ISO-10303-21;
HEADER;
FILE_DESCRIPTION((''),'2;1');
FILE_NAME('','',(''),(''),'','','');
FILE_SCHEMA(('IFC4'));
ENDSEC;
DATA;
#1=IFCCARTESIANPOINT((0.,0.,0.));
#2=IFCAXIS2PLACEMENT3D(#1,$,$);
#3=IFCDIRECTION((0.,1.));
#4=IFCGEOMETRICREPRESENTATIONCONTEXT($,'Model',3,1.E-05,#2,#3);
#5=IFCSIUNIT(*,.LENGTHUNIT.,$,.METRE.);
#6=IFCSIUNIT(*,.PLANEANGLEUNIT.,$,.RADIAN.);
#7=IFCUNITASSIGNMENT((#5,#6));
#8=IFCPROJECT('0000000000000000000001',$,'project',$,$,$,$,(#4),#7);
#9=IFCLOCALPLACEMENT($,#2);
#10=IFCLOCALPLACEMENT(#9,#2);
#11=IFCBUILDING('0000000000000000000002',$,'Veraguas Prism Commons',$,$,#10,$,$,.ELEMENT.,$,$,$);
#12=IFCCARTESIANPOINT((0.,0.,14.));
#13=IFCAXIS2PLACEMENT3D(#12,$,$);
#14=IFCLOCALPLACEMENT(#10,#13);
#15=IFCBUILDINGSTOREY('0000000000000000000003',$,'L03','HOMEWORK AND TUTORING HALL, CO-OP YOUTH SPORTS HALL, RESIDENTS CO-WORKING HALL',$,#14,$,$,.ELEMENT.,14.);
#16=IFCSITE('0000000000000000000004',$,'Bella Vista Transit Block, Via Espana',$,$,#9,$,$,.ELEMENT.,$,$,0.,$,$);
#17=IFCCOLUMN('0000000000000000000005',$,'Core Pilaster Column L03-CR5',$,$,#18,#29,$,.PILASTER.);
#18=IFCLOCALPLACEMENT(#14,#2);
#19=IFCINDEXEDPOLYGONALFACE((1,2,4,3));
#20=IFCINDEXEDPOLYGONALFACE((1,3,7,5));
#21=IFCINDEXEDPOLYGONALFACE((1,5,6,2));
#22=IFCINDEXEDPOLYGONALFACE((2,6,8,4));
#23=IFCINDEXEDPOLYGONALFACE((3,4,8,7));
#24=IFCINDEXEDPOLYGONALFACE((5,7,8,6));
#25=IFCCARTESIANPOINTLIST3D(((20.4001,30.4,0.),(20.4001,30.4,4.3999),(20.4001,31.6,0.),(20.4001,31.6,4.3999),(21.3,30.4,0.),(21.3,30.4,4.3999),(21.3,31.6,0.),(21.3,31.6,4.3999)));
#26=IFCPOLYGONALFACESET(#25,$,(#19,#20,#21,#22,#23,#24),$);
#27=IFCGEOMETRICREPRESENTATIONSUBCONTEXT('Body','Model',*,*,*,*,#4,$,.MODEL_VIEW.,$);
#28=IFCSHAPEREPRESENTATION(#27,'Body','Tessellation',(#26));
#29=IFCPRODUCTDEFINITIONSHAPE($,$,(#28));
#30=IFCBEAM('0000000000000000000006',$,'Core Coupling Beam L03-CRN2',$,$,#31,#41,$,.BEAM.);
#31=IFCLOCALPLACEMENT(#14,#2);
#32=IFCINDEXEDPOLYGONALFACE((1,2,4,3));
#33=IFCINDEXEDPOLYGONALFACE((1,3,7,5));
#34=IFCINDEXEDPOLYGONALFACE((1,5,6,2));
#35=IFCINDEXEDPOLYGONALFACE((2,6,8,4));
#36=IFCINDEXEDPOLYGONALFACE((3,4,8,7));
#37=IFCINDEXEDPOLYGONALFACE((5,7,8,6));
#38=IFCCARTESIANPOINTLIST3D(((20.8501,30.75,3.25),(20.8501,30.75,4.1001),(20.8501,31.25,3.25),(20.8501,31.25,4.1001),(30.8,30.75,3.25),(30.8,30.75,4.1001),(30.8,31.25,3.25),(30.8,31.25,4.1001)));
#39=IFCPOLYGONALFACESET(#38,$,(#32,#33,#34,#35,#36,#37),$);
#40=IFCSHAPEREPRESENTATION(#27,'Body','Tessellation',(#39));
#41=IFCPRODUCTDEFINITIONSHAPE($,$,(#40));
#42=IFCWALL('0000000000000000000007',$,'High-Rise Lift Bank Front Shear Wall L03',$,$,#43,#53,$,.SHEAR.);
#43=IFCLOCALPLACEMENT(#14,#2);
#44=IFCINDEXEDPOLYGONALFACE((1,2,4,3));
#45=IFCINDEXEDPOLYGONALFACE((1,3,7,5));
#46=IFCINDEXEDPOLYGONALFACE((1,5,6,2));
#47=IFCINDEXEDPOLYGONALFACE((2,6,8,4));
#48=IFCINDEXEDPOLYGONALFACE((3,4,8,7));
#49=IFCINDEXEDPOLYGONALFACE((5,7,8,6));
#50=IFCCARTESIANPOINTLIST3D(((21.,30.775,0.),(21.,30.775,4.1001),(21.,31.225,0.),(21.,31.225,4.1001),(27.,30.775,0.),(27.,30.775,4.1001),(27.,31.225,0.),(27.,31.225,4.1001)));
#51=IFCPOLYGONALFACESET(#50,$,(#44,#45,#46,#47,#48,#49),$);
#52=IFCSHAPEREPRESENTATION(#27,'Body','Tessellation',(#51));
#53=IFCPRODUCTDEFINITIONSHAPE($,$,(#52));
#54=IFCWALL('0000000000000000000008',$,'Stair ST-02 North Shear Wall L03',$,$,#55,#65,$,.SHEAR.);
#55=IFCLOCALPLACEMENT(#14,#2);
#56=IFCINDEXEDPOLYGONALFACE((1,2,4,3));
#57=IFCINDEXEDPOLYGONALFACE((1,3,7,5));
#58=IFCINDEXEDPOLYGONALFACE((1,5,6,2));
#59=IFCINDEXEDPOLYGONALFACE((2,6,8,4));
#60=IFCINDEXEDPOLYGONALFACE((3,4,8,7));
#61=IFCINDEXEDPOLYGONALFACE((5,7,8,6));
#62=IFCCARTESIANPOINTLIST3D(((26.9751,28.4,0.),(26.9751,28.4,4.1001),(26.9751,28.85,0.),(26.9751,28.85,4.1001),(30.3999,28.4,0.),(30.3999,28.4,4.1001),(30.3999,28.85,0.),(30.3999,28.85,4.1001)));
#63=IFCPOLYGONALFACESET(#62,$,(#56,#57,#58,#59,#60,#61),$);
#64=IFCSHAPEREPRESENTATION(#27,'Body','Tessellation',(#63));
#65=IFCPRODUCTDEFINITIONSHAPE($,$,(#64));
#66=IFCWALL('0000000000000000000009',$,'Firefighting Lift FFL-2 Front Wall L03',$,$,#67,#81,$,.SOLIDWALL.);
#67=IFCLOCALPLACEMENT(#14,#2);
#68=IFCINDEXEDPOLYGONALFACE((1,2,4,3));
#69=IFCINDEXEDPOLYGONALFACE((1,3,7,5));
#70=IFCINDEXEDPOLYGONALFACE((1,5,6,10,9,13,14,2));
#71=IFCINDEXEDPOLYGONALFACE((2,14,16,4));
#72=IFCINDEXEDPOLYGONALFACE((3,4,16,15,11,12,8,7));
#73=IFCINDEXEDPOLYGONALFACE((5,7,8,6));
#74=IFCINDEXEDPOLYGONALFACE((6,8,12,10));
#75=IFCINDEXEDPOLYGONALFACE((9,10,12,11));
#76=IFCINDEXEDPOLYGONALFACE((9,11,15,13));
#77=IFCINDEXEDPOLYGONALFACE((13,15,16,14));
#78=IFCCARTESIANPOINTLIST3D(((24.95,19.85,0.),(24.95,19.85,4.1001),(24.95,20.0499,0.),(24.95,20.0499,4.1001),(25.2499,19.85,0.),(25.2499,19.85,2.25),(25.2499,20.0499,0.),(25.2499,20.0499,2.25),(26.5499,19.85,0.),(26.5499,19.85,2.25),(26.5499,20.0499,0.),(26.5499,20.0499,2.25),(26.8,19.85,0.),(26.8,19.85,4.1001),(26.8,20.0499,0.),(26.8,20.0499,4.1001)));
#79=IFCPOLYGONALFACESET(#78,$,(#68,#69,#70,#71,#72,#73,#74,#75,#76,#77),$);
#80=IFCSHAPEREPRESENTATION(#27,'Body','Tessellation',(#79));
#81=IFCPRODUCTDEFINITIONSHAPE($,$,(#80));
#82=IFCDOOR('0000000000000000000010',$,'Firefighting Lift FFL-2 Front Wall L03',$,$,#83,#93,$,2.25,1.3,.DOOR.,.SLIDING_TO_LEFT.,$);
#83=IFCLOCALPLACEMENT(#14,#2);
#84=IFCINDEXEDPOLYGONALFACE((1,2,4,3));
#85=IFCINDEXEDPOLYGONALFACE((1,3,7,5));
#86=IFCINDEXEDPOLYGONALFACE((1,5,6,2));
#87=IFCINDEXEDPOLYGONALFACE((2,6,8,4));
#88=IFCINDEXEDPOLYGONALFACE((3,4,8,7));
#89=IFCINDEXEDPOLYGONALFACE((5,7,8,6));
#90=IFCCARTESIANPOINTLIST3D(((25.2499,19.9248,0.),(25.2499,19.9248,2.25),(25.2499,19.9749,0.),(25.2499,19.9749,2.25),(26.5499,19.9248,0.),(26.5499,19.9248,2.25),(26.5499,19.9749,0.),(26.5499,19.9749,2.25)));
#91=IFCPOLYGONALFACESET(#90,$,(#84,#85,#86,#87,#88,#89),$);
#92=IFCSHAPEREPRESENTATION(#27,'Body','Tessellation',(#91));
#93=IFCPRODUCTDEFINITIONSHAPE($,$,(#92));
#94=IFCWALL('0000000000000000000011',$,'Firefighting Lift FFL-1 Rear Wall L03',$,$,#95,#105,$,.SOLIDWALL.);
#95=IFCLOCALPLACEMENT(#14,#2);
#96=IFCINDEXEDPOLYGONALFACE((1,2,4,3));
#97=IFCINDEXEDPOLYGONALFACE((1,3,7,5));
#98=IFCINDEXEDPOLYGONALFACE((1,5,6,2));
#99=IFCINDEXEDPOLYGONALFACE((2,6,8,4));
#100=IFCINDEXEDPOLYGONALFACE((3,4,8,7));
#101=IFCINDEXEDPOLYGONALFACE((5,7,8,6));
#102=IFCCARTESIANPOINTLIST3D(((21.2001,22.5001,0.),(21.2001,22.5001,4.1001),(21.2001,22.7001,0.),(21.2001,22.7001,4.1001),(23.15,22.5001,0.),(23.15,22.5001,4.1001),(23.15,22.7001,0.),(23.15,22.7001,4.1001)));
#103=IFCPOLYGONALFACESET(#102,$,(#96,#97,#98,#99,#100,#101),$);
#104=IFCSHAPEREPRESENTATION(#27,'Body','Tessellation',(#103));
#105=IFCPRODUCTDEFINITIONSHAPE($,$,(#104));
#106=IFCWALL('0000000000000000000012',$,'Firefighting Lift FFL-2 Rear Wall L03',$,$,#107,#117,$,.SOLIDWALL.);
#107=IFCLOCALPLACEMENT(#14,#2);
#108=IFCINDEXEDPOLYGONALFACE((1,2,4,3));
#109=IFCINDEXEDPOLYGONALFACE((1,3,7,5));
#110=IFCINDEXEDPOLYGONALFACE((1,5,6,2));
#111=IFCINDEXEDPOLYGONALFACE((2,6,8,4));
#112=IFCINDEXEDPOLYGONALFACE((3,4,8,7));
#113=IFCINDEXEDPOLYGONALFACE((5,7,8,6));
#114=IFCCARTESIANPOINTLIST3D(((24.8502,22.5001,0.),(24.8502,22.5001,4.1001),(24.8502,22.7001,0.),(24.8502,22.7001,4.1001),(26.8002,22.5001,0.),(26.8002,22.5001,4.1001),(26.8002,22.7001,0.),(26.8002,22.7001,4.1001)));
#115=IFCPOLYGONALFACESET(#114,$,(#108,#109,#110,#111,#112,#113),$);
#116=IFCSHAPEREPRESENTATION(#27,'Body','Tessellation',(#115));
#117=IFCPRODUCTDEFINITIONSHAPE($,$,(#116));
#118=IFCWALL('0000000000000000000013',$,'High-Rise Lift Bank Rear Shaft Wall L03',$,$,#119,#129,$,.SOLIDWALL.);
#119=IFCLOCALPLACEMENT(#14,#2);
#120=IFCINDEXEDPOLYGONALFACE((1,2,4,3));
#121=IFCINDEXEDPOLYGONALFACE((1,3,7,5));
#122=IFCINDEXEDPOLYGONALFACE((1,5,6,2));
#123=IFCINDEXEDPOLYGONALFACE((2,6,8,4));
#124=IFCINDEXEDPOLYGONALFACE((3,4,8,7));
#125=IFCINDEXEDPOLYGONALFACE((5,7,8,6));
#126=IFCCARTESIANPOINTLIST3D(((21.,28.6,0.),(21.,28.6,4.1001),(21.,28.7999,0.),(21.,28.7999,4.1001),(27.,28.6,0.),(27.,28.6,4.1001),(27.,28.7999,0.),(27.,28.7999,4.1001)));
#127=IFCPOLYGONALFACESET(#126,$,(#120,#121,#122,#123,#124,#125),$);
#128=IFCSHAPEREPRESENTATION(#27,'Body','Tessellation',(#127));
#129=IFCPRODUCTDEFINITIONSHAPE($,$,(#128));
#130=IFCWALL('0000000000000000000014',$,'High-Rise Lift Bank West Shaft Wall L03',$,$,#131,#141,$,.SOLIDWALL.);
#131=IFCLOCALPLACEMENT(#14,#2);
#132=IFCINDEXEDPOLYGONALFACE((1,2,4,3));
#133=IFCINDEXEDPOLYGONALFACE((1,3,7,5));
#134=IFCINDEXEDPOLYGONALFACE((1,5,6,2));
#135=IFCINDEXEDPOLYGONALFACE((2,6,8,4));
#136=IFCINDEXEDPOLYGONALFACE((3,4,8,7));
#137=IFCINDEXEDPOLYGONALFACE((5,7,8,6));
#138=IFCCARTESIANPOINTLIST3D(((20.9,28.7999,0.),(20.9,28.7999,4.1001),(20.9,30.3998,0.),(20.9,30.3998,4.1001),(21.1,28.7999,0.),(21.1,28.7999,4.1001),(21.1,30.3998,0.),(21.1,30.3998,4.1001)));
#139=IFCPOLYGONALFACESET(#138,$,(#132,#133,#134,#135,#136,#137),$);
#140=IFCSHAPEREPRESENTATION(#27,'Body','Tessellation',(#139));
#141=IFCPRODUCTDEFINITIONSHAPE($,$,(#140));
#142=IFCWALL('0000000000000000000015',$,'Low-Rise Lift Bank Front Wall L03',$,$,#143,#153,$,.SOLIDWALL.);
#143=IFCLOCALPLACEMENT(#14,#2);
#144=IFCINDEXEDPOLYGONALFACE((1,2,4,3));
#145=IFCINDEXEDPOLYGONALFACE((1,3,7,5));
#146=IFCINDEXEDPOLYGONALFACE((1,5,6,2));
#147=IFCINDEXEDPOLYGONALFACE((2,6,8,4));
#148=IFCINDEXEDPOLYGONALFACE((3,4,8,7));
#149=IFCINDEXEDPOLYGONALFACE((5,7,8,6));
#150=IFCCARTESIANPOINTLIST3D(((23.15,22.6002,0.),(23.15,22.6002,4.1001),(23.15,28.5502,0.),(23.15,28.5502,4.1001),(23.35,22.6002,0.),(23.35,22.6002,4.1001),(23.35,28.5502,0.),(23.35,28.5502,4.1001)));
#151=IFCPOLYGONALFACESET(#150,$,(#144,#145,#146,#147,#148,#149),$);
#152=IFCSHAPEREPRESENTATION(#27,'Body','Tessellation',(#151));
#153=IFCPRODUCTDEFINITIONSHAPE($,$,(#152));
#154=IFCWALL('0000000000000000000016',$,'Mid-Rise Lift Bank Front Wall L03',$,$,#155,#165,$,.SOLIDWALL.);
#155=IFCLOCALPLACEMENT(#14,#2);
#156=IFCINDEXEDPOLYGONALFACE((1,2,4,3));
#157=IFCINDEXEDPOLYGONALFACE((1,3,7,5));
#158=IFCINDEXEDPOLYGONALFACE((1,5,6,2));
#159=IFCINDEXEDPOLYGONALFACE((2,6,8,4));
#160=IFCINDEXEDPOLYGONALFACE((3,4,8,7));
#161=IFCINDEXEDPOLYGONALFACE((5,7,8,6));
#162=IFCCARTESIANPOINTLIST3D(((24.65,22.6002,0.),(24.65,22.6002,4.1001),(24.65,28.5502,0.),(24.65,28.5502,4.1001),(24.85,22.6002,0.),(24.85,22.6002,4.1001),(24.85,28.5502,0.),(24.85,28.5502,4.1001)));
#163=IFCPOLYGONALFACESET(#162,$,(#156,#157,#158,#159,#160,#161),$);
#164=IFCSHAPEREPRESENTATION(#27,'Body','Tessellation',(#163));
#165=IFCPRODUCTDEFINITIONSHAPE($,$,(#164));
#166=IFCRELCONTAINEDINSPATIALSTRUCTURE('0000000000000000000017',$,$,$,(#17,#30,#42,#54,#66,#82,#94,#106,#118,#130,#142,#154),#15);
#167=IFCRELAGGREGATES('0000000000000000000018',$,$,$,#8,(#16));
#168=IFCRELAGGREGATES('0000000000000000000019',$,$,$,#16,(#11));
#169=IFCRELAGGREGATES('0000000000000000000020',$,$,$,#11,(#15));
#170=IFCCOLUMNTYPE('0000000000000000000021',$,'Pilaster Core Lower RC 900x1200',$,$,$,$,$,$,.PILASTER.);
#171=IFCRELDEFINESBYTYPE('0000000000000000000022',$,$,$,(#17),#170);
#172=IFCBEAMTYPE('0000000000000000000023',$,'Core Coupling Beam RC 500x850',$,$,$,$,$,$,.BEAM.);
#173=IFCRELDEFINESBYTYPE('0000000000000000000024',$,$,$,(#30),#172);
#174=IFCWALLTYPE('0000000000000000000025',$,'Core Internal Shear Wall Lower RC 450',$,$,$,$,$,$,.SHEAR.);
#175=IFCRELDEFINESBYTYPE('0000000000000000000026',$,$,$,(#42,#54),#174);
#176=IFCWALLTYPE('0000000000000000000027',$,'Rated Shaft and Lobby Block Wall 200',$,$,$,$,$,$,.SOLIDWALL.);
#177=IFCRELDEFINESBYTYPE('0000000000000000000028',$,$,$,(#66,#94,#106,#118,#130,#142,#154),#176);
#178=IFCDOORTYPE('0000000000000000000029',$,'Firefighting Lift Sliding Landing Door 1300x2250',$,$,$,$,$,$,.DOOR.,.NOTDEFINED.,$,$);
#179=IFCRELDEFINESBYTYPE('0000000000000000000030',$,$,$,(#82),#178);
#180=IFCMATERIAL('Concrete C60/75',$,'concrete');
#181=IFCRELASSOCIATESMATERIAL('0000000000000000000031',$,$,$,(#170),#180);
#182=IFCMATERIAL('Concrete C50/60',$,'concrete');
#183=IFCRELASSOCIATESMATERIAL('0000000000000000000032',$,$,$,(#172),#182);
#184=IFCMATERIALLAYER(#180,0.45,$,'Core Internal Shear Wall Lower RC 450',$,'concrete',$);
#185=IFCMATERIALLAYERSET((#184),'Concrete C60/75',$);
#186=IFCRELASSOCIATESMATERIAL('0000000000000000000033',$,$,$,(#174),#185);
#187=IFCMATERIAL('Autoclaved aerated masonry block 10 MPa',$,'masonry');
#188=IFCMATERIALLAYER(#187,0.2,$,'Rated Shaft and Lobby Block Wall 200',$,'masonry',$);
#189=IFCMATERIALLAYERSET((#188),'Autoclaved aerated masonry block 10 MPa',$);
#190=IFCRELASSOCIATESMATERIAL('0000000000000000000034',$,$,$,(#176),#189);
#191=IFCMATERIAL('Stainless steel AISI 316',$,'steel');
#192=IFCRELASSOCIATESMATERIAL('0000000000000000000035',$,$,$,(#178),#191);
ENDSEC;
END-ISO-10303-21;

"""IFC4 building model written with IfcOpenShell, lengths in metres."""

from ifc_helpers import new_model, si_unit, direction, frame, frame_2d, origin, origin_2d, place, context, subcontext, project, spatial, rectangle, extrude, source, transform, mapped, material, layer, layer_set, material_profile, profile_set, type_object, element, fill, save


model = new_model("IFC4")

# Units and contexts
model_context = context("Model", 3, precision=1e-05, world=origin(), true_north=direction((0.0, 1.0)))
body_context = subcontext(model_context, "Body", "Model", "MODEL_VIEW")
ifc_project = project(units=[si_unit("LENGTHUNIT", "METRE"), si_unit("PLANEANGLEUNIT", "RADIAN")], contexts=[model_context])

# Site, building, storey
site_placement = place(None, origin())
site = spatial("IfcSite", under=ifc_project, at=site_placement, Name="Bella Vista Transit Block, Via Espana", CompositionType="ELEMENT", RefElevation=0.0)
building_placement = place(site_placement, origin())
building = spatial("IfcBuilding", under=site, at=building_placement, Name="Veraguas Prism Commons", CompositionType="ELEMENT")
storey_placement = place(building_placement, frame((0.0, 0.0, 14.0)))
storey = spatial("IfcBuildingStorey", under=building, at=storey_placement, Name="L03", Description="HOMEWORK AND TUTORING HALL, CO-OP YOUTH SPORTS HALL, RESIDENTS CO-WORKING HALL", CompositionType="ELEMENT", Elevation=14.0)

# Column
ifc_material_1 = material(Name="Concrete C60/75", Category="concrete")
ifc_material_profile_1 = material_profile(ifc_material_1, rectangle(XDim=0.8999, YDim=1.2, at=origin_2d()), Name="RC900X1200")
ifc_profile_set_1 = profile_set([ifc_material_profile_1], Name="Concrete C60/75")
column_type = type_object("IfcColumnType", Name="Pilaster Core Lower RC 900x1200", PredefinedType="PILASTER", material=ifc_profile_set_1)
column_placement = place(storey_placement, frame((20.8501, 31.0, 0.0), z_axis=(0.0, 0.0, 1.0), x_axis=(1.0, 0.0, 0.0)))
element("IfcColumn", 1, at=column_placement, inside=storey, type_object=column_type, Name="Core Pilaster Column L03-CR5", PredefinedType="PILASTER", context=body_context, shape_type="SweptSolid", body=[
    extrude(rectangle(XDim=0.8999, YDim=1.2, at=origin_2d()), origin(), (0.0, 0.0, 1.0), 4.3999),
])

# Beam
ifc_material_2 = material(Name="Concrete C50/60", Category="concrete")
ifc_material_profile_2 = material_profile(ifc_material_2, rectangle(XDim=0.5, YDim=0.8501, at=origin_2d()), Name="RC500X850")
ifc_profile_set_2 = profile_set([ifc_material_profile_2], Name="Concrete C50/60")
beam_type = type_object("IfcBeamType", Name="Core Coupling Beam RC 500x850", PredefinedType="BEAM", material=ifc_profile_set_2)
beam_placement = place(storey_placement, frame((20.8501, 31.0, 3.675), z_axis=(1.0, 0.0, 0.0), x_axis=(0.0, 1.0, 0.0)))
element("IfcBeam", 2, at=beam_placement, inside=storey, type_object=beam_type, Name="Core Coupling Beam L03-CRN2", PredefinedType="BEAM", context=body_context, shape_type="SweptSolid", body=[
    extrude(rectangle(XDim=0.5, YDim=0.8501, at=origin_2d()), origin(), (0.0, 0.0, 1.0), 9.95),
])

# Walls
ifc_layer_1 = layer(ifc_material_1, 0.45, Name="Core Internal Shear Wall Lower RC 450", Category="concrete")
ifc_layer_set_1 = layer_set([ifc_layer_1], Name="Concrete C60/75")
wall_type_1 = type_object("IfcWallType", Name="Core Internal Shear Wall Lower RC 450", PredefinedType="SHEAR", material=ifc_layer_set_1)
wall_1_placement = place(storey_placement, frame((21.0, 31.0, 0.0), z_axis=(0.0, 0.0, 1.0), x_axis=(1.0, 0.0, 0.0)))
element("IfcWall", 3, at=wall_1_placement, inside=storey, type_object=wall_type_1, Name="High-Rise Lift Bank Front Shear Wall L03", PredefinedType="SHEAR", context=body_context, shape_type="SweptSolid", body=[
    extrude(rectangle(XDim=6.0, YDim=0.45, at=frame_2d((3.0, 0.0))), origin(), (0.0, 0.0, 1.0), 4.1001),
])
wall_2_placement = place(storey_placement, frame((26.9751, 28.625, 0.0), z_axis=(0.0, 0.0, 1.0), x_axis=(1.0, 0.0, 0.0)))
element("IfcWall", 4, at=wall_2_placement, inside=storey, type_object=wall_type_1, Name="Stair ST-02 North Shear Wall L03", PredefinedType="SHEAR", context=body_context, shape_type="SweptSolid", body=[
    extrude(rectangle(XDim=3.4248, YDim=0.45, at=frame_2d((1.7124, 0.0))), origin(), (0.0, 0.0, 1.0), 4.1001),
])

# Wall, opening, door
ifc_material_3 = material(Name="Autoclaved aerated masonry block 10 MPa", Category="masonry")
ifc_layer_2 = layer(ifc_material_3, 0.2, Name="Rated Shaft and Lobby Block Wall 200", Category="masonry")
ifc_layer_set_2 = layer_set([ifc_layer_2], Name="Autoclaved aerated masonry block 10 MPa")
wall_type_2 = type_object("IfcWallType", Name="Rated Shaft and Lobby Block Wall 200", PredefinedType="SOLIDWALL", material=ifc_layer_set_2)
wall_3_placement = place(storey_placement, frame((24.95, 19.95, 0.0), z_axis=(0.0, 0.0, 1.0), x_axis=(1.0, 0.0, 0.0)))
wall_3 = element("IfcWall", 5, at=wall_3_placement, inside=storey, type_object=wall_type_2, Name="Firefighting Lift FFL-2 Front Wall L03", PredefinedType="SOLIDWALL", context=body_context, shape_type="SweptSolid", body=[
    extrude(rectangle(XDim=1.8501, YDim=0.2, at=frame_2d((0.925, 0.0))), origin(), (0.0, 0.0, 1.0), 4.1001),
])
opening_placement = place(wall_3_placement, frame((0.3, 0.0, 0.0)))
opening = element("IfcOpeningElement", 6, at=opening_placement, cuts=wall_3, PredefinedType="OPENING", context=body_context, shape_type="SweptSolid", body=[
    extrude(rectangle(XDim=1.3, YDim=2.25, at=frame_2d((0.6499, 1.125))), frame((0.0, 0.1099, 0.0), z_axis=(0.0, -1.0, 0.0), x_axis=(1.0, 0.0, 0.0)), (0.0, 0.0, 1.0), 0.22),
])
ifc_material_4 = material(Name="Stainless steel AISI 316", Category="steel")
door_type = type_object("IfcDoorType", Name="Firefighting Lift Sliding Landing Door 1300x2250", OperationType="NOTDEFINED", PredefinedType="DOOR", material=ifc_material_4)
shared_shape = source(origin(), body_context, "Body", "SweptSolid", [
    extrude(rectangle(XDim=1.3, YDim=2.25, at=frame_2d((0.6499, 1.125))), frame((0.0, 0.0249, 0.0), z_axis=(0.0, -1.0, 0.0), x_axis=(1.0, 0.0, 0.0)), (0.0, 0.0, 1.0), 0.05),
])
door_placement = place(opening_placement, origin())
door = element("IfcDoor", 7, at=door_placement, inside=storey, type_object=door_type, Name="Firefighting Lift FFL-2 Front Wall L03", OperationType="SLIDING_TO_LEFT", OverallHeight=2.25, OverallWidth=1.3, PredefinedType="DOOR", context=body_context, shape_type="MappedRepresentation", body=[
    mapped(shared_shape, transform((0.0, 0.0, 0.0), scale=1.0)),
])
fill(opening, door)

# Walls
for number, where, z_axis, x_axis, name in (
    (8, (21.2, 22.6001, 0.0), (0.0, 0.0, 1.0), (1.0, 0.0, 0.0), "Firefighting Lift FFL-1 Rear Wall L03"),
    (9, (24.8501, 22.6001, 0.0), (0.0, 0.0, 1.0), (1.0, 0.0, 0.0), "Firefighting Lift FFL-2 Rear Wall L03"),
):
    element("IfcWall", number, at=place(storey_placement, frame(where, z_axis=z_axis, x_axis=x_axis)), inside=storey, type_object=wall_type_2, Name=name, PredefinedType="SOLIDWALL", context=body_context, shape_type="SweptSolid", body=[
        extrude(rectangle(XDim=1.95, YDim=0.2, at=frame_2d((0.9751, 0.0))), origin(), (0.0, 0.0, 1.0), 4.1001),
    ])
wall_4_placement = place(storey_placement, frame((21.0, 28.7, 0.0), z_axis=(0.0, 0.0, 1.0), x_axis=(1.0, 0.0, 0.0)))
element("IfcWall", 10, at=wall_4_placement, inside=storey, type_object=wall_type_2, Name="High-Rise Lift Bank Rear Shaft Wall L03", PredefinedType="SOLIDWALL", context=body_context, shape_type="SweptSolid", body=[
    extrude(rectangle(XDim=6.0, YDim=0.2, at=frame_2d((3.0, 0.0))), origin(), (0.0, 0.0, 1.0), 4.1001),
])
wall_5_placement = place(storey_placement, frame((21.0, 28.8, 0.0), z_axis=(0.0, 0.0, 1.0), x_axis=(0.0, 1.0, 0.0)))
element("IfcWall", 11, at=wall_5_placement, inside=storey, type_object=wall_type_2, Name="High-Rise Lift Bank West Shaft Wall L03", PredefinedType="SOLIDWALL", context=body_context, shape_type="SweptSolid", body=[
    extrude(rectangle(XDim=1.5999, YDim=0.2, at=frame_2d((0.7998, 0.0))), origin(), (0.0, 0.0, 1.0), 4.1001),
])
for number, where, z_axis, x_axis, name in (
    (12, (23.25, 22.6001, 0.0), (0.0, 0.0, 1.0), (0.0, 1.0, 0.0), "Low-Rise Lift Bank Front Wall L03"),
    (13, (24.75, 22.6001, 0.0), (0.0, 0.0, 1.0), (0.0, 1.0, 0.0), "Mid-Rise Lift Bank Front Wall L03"),
):
    element("IfcWall", number, at=place(storey_placement, frame(where, z_axis=z_axis, x_axis=x_axis)), inside=storey, type_object=wall_type_2, Name=name, PredefinedType="SOLIDWALL", context=body_context, shape_type="SweptSolid", body=[
        extrude(rectangle(XDim=5.95, YDim=0.2, at=frame_2d((2.9751, 0.0))), origin(), (0.0, 0.0, 1.0), 4.1001),
    ])

save(model, "model.ifc")
